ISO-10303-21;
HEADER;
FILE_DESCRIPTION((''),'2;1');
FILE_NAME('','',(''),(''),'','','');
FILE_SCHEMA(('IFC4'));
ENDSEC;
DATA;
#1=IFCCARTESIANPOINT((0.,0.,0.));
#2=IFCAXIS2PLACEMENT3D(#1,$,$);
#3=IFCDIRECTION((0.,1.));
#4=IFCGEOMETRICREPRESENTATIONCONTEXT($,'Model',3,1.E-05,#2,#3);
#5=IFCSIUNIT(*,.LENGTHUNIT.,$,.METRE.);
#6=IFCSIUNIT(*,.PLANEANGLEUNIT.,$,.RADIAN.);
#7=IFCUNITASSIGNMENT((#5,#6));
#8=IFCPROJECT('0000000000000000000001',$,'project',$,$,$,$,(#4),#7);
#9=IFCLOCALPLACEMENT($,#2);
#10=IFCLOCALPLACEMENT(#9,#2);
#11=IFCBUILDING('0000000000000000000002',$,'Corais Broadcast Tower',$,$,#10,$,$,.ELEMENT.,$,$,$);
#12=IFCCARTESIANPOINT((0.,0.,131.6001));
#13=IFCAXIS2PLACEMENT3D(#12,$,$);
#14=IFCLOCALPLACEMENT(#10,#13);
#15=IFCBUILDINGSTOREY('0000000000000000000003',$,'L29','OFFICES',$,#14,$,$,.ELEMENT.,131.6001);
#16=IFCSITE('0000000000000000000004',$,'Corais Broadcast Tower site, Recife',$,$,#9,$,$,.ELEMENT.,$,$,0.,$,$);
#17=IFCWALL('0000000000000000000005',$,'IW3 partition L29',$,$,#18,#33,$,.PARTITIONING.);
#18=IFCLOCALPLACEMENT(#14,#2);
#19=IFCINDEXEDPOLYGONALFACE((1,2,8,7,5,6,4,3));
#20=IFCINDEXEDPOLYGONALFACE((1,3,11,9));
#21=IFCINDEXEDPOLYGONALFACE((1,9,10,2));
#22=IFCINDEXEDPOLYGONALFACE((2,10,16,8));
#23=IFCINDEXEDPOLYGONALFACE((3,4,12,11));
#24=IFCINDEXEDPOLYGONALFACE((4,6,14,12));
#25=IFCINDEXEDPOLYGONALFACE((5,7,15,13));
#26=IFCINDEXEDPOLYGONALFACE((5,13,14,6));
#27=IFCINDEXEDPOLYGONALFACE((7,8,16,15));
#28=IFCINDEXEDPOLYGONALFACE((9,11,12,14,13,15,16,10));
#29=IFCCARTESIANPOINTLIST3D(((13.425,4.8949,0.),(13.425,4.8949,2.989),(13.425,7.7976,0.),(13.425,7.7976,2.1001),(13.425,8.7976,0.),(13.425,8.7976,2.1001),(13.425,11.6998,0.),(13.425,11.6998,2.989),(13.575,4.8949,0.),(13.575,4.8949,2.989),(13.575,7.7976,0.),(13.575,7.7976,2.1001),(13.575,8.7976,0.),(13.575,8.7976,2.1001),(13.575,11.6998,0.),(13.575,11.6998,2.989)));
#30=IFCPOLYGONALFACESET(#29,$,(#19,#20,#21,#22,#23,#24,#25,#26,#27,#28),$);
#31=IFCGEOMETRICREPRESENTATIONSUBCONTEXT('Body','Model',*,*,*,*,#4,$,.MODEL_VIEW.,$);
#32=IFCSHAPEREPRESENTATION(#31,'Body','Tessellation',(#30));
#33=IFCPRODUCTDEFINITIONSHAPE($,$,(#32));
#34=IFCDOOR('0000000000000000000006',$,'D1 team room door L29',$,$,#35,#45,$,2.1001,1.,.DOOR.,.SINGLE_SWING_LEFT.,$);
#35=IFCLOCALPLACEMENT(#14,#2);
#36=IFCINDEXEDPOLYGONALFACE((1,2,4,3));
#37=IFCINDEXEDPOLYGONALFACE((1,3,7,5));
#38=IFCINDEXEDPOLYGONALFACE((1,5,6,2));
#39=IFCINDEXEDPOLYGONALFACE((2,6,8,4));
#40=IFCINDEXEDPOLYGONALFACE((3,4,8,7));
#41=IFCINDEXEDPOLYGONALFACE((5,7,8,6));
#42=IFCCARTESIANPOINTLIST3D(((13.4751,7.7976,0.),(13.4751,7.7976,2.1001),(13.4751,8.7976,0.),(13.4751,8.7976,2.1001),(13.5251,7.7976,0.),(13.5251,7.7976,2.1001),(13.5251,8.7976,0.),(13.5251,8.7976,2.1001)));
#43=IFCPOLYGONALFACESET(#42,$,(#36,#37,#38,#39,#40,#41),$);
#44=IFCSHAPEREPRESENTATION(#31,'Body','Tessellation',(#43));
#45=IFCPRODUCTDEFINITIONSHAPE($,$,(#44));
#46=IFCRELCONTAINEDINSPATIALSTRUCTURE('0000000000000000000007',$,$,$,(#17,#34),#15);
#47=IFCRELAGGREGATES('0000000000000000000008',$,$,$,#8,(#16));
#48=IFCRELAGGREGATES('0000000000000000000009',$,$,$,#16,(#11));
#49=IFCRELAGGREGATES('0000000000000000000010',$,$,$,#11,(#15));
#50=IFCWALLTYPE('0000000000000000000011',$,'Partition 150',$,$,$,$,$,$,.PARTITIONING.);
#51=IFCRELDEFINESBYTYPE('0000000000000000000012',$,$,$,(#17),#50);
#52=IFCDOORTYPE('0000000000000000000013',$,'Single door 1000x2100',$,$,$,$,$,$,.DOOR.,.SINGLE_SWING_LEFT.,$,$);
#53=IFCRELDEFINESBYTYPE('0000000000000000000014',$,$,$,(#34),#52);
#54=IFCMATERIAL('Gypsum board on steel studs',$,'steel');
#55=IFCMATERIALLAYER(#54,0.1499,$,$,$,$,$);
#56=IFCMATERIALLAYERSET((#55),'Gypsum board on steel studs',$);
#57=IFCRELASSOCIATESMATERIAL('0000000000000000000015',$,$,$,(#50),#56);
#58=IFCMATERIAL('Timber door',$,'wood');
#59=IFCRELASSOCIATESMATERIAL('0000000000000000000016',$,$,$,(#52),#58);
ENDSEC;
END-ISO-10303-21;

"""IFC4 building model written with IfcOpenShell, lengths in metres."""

from ifc_helpers import new_model, si_unit, direction, frame, frame_2d, origin, place, context, subcontext, project, spatial, rectangle, extrude, material, layer, layer_set, type_object, element, fill, save


model = new_model("IFC4")

# Units and contexts
model_context = context("Model", 3, precision=1e-05, world=origin(), true_north=direction((0.0, 1.0)))
body_context = subcontext(model_context, "Body", "Model", "MODEL_VIEW")
ifc_project = project(units=[si_unit("LENGTHUNIT", "METRE"), si_unit("PLANEANGLEUNIT", "RADIAN")], contexts=[model_context])

# Site, building, storey
site_placement = place(None, origin())
site = spatial("IfcSite", under=ifc_project, at=site_placement, Name="Corais Broadcast Tower site, Recife", CompositionType="ELEMENT", RefElevation=0.0)
building_placement = place(site_placement, origin())
building = spatial("IfcBuilding", under=site, at=building_placement, Name="Corais Broadcast Tower", CompositionType="ELEMENT")
storey_placement = place(building_placement, frame((0.0, 0.0, 131.6001)))
storey = spatial("IfcBuildingStorey", under=building, at=storey_placement, Name="L29", Description="OFFICES", CompositionType="ELEMENT", Elevation=131.6001)

# Wall, opening, door
ifc_material_1 = material(Name="Gypsum board on steel studs", Category="steel")
ifc_layer_1 = layer(ifc_material_1, 0.1499)
ifc_layer_set_1 = layer_set([ifc_layer_1], Name="Gypsum board on steel studs")
wall_type = type_object("IfcWallType", Name="Partition 150", PredefinedType="PARTITIONING", material=ifc_layer_set_1)
wall_placement = place(storey_placement, frame((13.5, 4.895, 0.0), z_axis=(0.0, 0.0, 1.0), x_axis=(0.0, 1.0, 0.0)))
wall = element("IfcWall", 1, at=wall_placement, inside=storey, type_object=wall_type, Name="IW3 partition L29", PredefinedType="PARTITIONING", context=body_context, shape_type="SweptSolid", body=[
    extrude(rectangle(XDim=6.8049, YDim=0.1499, at=frame_2d((3.4023, 0.0))), origin(), (0.0, 0.0, 1.0), 2.989),
])
opening_placement = place(wall_placement, frame((2.9026, 0.0, 0.0)))
opening = element("IfcOpeningElement", 2, at=opening_placement, cuts=wall, PredefinedType="OPENING", context=body_context, shape_type="SweptSolid", body=[
    extrude(rectangle(XDim=1.0, YDim=2.1001, at=frame_2d((0.5, 1.05))), frame((0.0, 0.085, 0.0), z_axis=(0.0, -1.0, 0.0), x_axis=(1.0, 0.0, 0.0)), (0.0, 0.0, 1.0), 0.1699),
])
ifc_material_2 = material(Name="Timber door", Category="wood")
door_type = type_object("IfcDoorType", Name="Single door 1000x2100", OperationType="SINGLE_SWING_LEFT", PredefinedType="DOOR", material=ifc_material_2)
door_placement = place(opening_placement, origin())
door = element("IfcDoor", 3, at=door_placement, inside=storey, type_object=door_type, Name="D1 team room door L29", OperationType="SINGLE_SWING_LEFT", OverallHeight=2.1001, OverallWidth=1.0, PredefinedType="DOOR", context=body_context, shape_type="SweptSolid", body=[
    extrude(rectangle(XDim=1.0, YDim=2.1001, at=frame_2d((0.5, 1.05))), frame((0.0, 0.0249, 0.0), z_axis=(0.0, -1.0, 0.0), x_axis=(1.0, 0.0, 0.0)), (0.0, 0.0, 1.0), 0.05),
])
fill(opening, door)

save(model, "model.ifc")
